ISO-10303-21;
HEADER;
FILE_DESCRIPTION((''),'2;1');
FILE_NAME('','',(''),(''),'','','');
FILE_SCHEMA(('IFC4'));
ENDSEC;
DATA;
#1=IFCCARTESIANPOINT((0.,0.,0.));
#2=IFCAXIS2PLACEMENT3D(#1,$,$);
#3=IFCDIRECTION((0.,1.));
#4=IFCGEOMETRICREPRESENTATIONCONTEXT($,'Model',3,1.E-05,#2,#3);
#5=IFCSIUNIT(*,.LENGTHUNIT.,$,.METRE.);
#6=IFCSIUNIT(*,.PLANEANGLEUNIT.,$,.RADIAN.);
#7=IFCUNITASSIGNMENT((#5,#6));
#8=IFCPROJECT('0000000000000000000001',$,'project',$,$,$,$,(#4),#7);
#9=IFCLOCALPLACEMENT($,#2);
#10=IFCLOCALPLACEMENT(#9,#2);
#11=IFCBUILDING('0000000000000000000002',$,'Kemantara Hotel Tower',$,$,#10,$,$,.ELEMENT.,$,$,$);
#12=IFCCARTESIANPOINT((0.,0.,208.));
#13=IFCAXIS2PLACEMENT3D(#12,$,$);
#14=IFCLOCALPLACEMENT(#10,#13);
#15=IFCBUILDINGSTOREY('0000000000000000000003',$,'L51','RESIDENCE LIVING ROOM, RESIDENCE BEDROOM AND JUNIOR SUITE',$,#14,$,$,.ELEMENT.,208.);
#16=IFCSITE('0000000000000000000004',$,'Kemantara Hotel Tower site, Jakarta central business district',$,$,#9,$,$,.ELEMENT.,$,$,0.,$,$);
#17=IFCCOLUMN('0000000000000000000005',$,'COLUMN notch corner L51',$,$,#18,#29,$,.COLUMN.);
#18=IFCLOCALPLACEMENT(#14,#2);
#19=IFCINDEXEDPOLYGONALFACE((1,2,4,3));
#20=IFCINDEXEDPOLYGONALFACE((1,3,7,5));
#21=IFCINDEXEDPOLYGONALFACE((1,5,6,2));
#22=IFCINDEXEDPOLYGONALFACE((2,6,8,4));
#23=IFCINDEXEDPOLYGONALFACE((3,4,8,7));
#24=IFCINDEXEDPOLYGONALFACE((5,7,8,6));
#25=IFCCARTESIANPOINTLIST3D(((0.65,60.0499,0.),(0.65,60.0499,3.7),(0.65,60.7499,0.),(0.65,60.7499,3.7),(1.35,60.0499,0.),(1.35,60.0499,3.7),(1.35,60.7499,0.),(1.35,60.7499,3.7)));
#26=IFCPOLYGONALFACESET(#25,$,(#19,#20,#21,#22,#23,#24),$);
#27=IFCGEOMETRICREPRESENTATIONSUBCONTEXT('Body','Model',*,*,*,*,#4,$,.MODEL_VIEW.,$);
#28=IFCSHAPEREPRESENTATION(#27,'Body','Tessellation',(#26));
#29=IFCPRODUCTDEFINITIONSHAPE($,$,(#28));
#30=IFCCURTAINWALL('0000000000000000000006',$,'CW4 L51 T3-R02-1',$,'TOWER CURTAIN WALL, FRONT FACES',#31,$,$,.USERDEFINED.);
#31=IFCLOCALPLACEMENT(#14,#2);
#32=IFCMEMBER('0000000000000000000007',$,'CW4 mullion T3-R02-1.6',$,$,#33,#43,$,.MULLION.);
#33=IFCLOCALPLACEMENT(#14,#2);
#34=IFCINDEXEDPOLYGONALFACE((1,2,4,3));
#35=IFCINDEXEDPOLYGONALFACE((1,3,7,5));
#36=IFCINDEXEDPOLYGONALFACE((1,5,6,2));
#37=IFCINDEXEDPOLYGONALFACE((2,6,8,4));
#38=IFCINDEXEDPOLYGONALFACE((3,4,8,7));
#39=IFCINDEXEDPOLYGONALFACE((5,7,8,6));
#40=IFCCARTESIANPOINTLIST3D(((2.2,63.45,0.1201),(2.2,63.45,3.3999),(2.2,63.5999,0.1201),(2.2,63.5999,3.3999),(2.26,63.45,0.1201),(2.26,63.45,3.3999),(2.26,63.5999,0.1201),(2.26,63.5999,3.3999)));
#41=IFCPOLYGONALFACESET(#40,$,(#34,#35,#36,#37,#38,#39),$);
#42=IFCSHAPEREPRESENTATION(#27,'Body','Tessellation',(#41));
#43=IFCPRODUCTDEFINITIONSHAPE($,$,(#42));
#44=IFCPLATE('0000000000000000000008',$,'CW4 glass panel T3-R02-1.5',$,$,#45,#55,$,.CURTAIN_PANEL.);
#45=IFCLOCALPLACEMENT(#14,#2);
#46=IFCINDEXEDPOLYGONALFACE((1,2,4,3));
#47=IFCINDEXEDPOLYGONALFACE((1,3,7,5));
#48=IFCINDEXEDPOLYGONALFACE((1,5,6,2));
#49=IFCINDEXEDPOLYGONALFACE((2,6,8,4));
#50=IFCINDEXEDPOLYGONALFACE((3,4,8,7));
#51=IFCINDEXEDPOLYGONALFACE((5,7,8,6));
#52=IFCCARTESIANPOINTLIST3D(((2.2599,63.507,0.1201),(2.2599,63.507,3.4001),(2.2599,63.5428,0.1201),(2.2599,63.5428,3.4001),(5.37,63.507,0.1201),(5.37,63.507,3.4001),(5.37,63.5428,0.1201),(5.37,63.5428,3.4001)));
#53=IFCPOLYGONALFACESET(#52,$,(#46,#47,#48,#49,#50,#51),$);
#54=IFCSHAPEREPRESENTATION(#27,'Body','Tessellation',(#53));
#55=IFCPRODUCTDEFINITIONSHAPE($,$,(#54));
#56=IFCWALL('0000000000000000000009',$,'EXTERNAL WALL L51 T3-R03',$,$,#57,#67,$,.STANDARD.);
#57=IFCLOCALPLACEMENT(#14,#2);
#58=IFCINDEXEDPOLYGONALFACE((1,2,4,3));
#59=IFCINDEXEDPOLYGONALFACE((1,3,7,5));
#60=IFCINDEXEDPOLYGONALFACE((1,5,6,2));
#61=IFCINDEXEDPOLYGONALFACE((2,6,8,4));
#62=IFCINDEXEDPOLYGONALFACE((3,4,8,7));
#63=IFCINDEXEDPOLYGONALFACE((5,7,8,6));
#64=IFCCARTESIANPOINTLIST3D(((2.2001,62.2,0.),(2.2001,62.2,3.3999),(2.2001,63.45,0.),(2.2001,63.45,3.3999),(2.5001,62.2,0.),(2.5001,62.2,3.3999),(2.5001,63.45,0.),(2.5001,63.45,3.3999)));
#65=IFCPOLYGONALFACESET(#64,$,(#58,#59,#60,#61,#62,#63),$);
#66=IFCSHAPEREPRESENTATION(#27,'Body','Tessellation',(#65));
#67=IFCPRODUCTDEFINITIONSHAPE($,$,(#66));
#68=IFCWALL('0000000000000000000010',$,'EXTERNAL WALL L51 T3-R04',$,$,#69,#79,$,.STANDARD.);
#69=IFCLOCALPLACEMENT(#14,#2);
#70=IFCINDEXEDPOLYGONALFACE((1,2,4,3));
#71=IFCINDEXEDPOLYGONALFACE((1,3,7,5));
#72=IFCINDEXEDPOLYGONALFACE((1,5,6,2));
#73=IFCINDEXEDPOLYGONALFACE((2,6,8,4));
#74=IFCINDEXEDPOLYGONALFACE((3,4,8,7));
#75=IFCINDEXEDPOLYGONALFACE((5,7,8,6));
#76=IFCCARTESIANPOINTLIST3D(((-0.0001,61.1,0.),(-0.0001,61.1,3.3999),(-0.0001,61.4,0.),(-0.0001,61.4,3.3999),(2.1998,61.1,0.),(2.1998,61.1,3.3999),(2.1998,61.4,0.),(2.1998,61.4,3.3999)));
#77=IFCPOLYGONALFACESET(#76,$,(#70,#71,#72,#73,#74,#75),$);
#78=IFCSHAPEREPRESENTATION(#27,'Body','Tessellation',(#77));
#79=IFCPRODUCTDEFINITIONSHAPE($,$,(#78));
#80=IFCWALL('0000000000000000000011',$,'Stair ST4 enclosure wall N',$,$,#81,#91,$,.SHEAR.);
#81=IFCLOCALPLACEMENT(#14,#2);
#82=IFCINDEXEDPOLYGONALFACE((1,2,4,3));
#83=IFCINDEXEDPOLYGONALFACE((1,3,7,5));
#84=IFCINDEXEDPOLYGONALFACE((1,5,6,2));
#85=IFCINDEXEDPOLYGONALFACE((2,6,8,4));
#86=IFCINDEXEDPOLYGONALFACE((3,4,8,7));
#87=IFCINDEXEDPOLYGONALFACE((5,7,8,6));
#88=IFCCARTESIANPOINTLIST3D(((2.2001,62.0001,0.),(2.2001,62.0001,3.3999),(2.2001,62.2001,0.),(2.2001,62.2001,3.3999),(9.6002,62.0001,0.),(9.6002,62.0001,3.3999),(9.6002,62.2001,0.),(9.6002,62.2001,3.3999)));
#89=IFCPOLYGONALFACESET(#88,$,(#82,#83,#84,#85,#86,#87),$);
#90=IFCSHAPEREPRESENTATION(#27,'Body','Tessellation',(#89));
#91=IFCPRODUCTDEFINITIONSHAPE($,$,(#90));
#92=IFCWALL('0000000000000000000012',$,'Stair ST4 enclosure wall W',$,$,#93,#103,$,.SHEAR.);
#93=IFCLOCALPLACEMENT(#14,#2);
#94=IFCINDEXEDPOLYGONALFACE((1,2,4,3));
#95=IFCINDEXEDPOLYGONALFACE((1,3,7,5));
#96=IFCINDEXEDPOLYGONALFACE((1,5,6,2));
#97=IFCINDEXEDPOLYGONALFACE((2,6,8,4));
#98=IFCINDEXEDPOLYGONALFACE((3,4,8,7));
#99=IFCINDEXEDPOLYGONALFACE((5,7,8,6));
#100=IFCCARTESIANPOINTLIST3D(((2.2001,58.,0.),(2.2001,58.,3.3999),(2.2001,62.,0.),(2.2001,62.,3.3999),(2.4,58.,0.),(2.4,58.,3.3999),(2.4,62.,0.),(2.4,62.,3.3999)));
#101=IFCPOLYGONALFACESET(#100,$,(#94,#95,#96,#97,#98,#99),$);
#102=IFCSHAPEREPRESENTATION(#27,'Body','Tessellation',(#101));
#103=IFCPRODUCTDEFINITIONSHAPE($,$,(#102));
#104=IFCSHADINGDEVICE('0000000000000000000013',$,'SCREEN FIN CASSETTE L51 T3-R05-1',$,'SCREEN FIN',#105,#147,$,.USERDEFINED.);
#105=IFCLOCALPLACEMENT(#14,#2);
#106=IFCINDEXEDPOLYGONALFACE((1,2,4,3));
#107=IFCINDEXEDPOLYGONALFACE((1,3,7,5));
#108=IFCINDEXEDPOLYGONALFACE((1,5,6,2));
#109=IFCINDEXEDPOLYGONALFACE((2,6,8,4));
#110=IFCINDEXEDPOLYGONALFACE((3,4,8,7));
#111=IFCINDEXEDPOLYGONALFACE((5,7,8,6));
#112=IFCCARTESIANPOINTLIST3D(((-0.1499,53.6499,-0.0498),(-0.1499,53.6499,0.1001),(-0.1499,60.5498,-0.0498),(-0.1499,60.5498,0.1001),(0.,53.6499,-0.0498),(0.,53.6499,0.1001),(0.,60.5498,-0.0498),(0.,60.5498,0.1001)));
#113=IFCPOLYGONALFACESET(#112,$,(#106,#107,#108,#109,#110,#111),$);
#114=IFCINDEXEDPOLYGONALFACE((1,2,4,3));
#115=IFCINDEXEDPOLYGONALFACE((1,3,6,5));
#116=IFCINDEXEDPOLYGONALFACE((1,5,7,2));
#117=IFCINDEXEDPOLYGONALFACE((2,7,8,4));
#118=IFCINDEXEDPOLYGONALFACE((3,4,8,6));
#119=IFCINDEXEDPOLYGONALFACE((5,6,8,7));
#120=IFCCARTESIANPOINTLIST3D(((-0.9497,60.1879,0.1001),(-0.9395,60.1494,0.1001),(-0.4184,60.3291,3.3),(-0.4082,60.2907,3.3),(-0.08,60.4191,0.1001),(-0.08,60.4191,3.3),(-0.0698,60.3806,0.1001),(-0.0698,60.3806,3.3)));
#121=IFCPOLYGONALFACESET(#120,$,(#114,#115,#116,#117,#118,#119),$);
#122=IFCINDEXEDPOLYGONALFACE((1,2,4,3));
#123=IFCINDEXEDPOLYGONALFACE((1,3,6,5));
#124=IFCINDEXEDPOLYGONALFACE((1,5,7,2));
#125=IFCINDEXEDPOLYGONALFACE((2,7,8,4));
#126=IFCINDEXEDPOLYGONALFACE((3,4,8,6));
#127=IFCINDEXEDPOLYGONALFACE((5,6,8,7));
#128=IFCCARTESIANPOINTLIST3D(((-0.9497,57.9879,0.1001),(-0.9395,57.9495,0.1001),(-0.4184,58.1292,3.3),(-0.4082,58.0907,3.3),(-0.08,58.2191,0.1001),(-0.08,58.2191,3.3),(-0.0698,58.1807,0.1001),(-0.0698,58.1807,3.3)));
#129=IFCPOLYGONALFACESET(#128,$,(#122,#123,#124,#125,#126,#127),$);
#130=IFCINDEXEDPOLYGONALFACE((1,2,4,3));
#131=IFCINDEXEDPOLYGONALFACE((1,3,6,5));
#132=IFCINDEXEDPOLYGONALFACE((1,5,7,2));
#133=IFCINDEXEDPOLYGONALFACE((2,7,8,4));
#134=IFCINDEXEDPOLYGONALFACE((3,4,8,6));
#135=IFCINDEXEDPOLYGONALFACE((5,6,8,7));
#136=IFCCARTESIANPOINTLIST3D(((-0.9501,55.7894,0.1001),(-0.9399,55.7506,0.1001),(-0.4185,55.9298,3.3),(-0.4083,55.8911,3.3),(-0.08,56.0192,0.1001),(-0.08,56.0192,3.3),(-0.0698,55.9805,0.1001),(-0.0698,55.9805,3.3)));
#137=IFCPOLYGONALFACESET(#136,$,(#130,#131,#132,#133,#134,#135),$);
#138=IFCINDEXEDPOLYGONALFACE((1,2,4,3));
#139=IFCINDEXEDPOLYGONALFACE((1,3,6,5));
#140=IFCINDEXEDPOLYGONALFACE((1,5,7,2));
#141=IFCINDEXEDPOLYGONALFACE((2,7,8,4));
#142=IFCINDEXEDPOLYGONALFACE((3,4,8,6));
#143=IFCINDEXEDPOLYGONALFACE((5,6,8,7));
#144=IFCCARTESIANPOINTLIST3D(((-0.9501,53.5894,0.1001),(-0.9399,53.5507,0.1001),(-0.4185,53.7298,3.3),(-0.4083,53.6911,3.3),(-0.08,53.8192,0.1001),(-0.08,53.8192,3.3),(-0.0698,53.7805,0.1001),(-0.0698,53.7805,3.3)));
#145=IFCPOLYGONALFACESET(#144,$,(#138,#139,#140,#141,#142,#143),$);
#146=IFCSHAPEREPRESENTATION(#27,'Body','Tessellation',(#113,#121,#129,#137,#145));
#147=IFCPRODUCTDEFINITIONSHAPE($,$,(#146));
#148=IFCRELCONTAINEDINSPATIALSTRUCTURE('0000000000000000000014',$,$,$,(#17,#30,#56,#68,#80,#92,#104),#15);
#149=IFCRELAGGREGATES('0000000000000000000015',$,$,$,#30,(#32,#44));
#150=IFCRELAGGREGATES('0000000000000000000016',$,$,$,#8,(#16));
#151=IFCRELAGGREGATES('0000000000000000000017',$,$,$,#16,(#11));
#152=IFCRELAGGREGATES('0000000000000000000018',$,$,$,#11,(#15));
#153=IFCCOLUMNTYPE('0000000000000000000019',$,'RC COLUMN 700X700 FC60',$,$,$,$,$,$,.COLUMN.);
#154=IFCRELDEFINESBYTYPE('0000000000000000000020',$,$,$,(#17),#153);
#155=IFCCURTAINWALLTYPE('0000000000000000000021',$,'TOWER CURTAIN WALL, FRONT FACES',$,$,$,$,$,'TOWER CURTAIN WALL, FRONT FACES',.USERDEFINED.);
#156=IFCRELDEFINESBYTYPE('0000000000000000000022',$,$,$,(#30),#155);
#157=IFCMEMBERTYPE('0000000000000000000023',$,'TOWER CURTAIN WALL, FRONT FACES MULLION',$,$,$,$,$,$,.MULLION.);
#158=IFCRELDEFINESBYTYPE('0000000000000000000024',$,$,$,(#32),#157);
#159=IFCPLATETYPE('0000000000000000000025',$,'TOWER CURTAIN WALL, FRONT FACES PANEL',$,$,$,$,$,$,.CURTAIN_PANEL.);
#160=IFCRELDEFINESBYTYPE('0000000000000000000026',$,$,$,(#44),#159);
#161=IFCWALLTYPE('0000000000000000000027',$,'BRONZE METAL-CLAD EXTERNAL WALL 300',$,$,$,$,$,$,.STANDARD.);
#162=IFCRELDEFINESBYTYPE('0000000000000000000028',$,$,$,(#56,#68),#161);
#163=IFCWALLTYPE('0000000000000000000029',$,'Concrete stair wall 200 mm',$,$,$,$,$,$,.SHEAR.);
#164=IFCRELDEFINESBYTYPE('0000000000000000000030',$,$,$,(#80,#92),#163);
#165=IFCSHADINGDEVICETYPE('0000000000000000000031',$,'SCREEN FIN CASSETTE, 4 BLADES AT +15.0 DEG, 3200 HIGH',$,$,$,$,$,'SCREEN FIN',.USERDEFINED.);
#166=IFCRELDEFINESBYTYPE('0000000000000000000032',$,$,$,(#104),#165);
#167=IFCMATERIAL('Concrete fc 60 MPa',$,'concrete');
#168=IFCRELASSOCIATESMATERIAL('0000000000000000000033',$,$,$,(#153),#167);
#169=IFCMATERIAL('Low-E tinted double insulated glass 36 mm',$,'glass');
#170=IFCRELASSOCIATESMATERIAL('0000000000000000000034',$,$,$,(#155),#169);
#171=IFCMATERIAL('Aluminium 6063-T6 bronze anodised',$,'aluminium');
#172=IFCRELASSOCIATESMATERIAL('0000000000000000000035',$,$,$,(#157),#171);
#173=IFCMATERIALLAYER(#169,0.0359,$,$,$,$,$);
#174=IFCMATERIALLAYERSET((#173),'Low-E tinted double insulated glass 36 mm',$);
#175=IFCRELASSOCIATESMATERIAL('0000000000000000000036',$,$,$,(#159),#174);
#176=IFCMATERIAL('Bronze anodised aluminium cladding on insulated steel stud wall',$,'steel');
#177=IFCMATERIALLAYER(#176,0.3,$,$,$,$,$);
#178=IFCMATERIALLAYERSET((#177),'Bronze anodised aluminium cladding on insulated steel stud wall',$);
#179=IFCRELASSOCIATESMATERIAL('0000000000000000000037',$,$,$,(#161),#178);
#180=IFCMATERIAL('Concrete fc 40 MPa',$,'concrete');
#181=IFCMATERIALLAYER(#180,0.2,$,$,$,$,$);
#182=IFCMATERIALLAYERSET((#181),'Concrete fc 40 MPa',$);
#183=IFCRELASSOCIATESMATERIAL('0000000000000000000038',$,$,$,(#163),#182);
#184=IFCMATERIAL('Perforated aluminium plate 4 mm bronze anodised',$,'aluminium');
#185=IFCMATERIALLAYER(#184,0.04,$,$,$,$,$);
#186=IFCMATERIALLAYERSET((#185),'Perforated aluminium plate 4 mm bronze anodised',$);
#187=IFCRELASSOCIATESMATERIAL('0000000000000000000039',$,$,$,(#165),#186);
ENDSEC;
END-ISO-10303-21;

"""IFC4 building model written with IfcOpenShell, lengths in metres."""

from ifc_helpers import new_model, si_unit, direction, frame, frame_2d, origin, origin_2d, place, context, subcontext, project, spatial, polyline, rectangle, outline, extrude, source, transform, mapped, material, layer, layer_set, material_profile, profile_set, type_object, element, aggregate, save


model = new_model("IFC4")

# Units and contexts
model_context = context("Model", 3, precision=1e-05, world=origin(), true_north=direction((0.0, 1.0)))
body_context = subcontext(model_context, "Body", "Model", "MODEL_VIEW")
ifc_project = project(units=[si_unit("LENGTHUNIT", "METRE"), si_unit("PLANEANGLEUNIT", "RADIAN")], contexts=[model_context])

# Site, building, storey
site_placement = place(None, origin())
site = spatial("IfcSite", under=ifc_project, at=site_placement, Name="Kemantara Hotel Tower site, Jakarta central business district", CompositionType="ELEMENT", RefElevation=0.0)
building_placement = place(site_placement, origin())
building = spatial("IfcBuilding", under=site, at=building_placement, Name="Kemantara Hotel Tower", CompositionType="ELEMENT")
storey_placement = place(building_placement, frame((0.0, 0.0, 208.0)))
storey = spatial("IfcBuildingStorey", under=building, at=storey_placement, Name="L51", Description="RESIDENCE LIVING ROOM, RESIDENCE BEDROOM AND JUNIOR SUITE", CompositionType="ELEMENT", Elevation=208.0)

# Column
ifc_material_1 = material(Name="Concrete fc 60 MPa", Category="concrete")
ifc_material_profile_1 = material_profile(ifc_material_1, rectangle(XDim=0.7, YDim=0.7, at=origin_2d()), Name="RC 700X700")
ifc_profile_set_1 = profile_set([ifc_material_profile_1], Name="Concrete fc 60 MPa")
column_type = type_object("IfcColumnType", Name="RC COLUMN 700X700 FC60", PredefinedType="COLUMN", material=ifc_profile_set_1)
column_placement = place(storey_placement, frame((1.0, 60.3999, 0.0), z_axis=(0.0, 0.0, 1.0), x_axis=(1.0, 0.0, 0.0)))
element("IfcColumn", 1, at=column_placement, inside=storey, type_object=column_type, Name="COLUMN notch corner L51", PredefinedType="COLUMN", context=body_context, shape_type="SweptSolid", body=[
    extrude(rectangle(XDim=0.7, YDim=0.7, at=origin_2d()), origin(), (0.0, 0.0, 1.0), 3.7),
])

# Curtain wall, member, plate
ifc_material_2 = material(Name="Low-E tinted double insulated glass 36 mm", Category="glass")
curtain_wall_type = type_object("IfcCurtainWallType", Name="TOWER CURTAIN WALL, FRONT FACES", ElementType="TOWER CURTAIN WALL, FRONT FACES", PredefinedType="USERDEFINED", material=ifc_material_2)
curtain_wall_placement = place(storey_placement, origin())
curtain_wall = element("IfcCurtainWall", 2, at=curtain_wall_placement, inside=storey, type_object=curtain_wall_type, Name="CW4 L51 T3-R02-1", ObjectType="TOWER CURTAIN WALL, FRONT FACES", PredefinedType="USERDEFINED")
ifc_material_3 = material(Name="Aluminium 6063-T6 bronze anodised", Category="aluminium")
ifc_material_profile_2 = material_profile(ifc_material_3, rectangle(XDim=0.1499, YDim=0.0601, at=origin_2d()), Name="TOWER CURTAIN WALL, FRONT FACES MULLION")
ifc_profile_set_2 = profile_set([ifc_material_profile_2], Name="Aluminium 6063-T6 bronze anodised")
member_type = type_object("IfcMemberType", Name="TOWER CURTAIN WALL, FRONT FACES MULLION", PredefinedType="MULLION", material=ifc_profile_set_2)
shared_shape_1 = source(origin(), body_context, "Body", "SweptSolid", [
    extrude(rectangle(XDim=0.1499, YDim=0.0601, at=origin_2d()), origin(), (0.0, 0.0, 1.0), 3.2798),
])
member_placement = place(storey_placement, frame((2.23, 63.5249, 0.1201), z_axis=(0.0, 0.0, 1.0), x_axis=(0.0, -1.0, 0.0)))
member = element("IfcMember", 3, at=member_placement, type_object=member_type, Name="CW4 mullion T3-R02-1.6", PredefinedType="MULLION", context=body_context, shape_type="MappedRepresentation", body=[
    mapped(shared_shape_1, transform((0.0, 0.0, 0.0))),
])
ifc_layer_1 = layer(ifc_material_2, 0.0359)
ifc_layer_set_1 = layer_set([ifc_layer_1], Name="Low-E tinted double insulated glass 36 mm")
plate_type = type_object("IfcPlateType", Name="TOWER CURTAIN WALL, FRONT FACES PANEL", PredefinedType="CURTAIN_PANEL", material=ifc_layer_set_1)
shared_shape_2 = source(origin(), body_context, "Body", "SweptSolid", [
    extrude(rectangle(XDim=3.1101, YDim=0.0359, at=origin_2d()), origin(), (0.0, 0.0, 1.0), 3.28),
])
plate_placement = place(storey_placement, frame((3.8149, 63.5249, 0.1201), z_axis=(0.0, 0.0, 1.0), x_axis=(-1.0, 0.0, 0.0)))
plate = element("IfcPlate", 4, at=plate_placement, type_object=plate_type, Name="CW4 glass panel T3-R02-1.5", PredefinedType="CURTAIN_PANEL", context=body_context, shape_type="MappedRepresentation", body=[
    mapped(shared_shape_2, transform((0.0, 0.0, 0.0))),
])
aggregate(curtain_wall, [member, plate])

# Walls
ifc_material_4 = material(Name="Bronze anodised aluminium cladding on insulated steel stud wall", Category="steel")
ifc_layer_2 = layer(ifc_material_4, 0.3)
ifc_layer_set_2 = layer_set([ifc_layer_2], Name="Bronze anodised aluminium cladding on insulated steel stud wall")
wall_type_1 = type_object("IfcWallType", Name="BRONZE METAL-CLAD EXTERNAL WALL 300", PredefinedType="STANDARD", material=ifc_layer_set_2)
wall_1_placement = place(storey_placement, frame((2.3501, 63.45, 0.0), z_axis=(0.0, 0.0, 1.0), x_axis=(0.0, -1.0, 0.0)))
element("IfcWall", 5, at=wall_1_placement, inside=storey, type_object=wall_type_1, Name="EXTERNAL WALL L51 T3-R03", PredefinedType="STANDARD", context=body_context, shape_type="SweptSolid", body=[
    extrude(rectangle(XDim=1.25, YDim=0.3, at=frame_2d((0.625, 0.0))), origin(), (0.0, 0.0, 1.0), 3.3999),
])
wall_2_placement = place(storey_placement, frame((2.2, 61.25, 0.0), z_axis=(0.0, 0.0, 1.0), x_axis=(-1.0, 0.0, 0.0)))
element("IfcWall", 6, at=wall_2_placement, inside=storey, type_object=wall_type_1, Name="EXTERNAL WALL L51 T3-R04", PredefinedType="STANDARD", context=body_context, shape_type="SweptSolid", body=[
    extrude(rectangle(XDim=2.2, YDim=0.3, at=frame_2d((1.1001, 0.0))), origin(), (0.0, 0.0, 1.0), 3.3999),
])

# Walls
ifc_material_5 = material(Name="Concrete fc 40 MPa", Category="concrete")
ifc_layer_3 = layer(ifc_material_5, 0.2)
ifc_layer_set_3 = layer_set([ifc_layer_3], Name="Concrete fc 40 MPa")
wall_type_2 = type_object("IfcWallType", Name="Concrete stair wall 200 mm", PredefinedType="SHEAR", material=ifc_layer_set_3)
wall_3_placement = place(storey_placement, frame((2.2, 62.1001, 0.0), z_axis=(0.0, 0.0, 1.0), x_axis=(1.0, 0.0, 0.0)))
element("IfcWall", 7, at=wall_3_placement, inside=storey, type_object=wall_type_2, Name="Stair ST4 enclosure wall N", PredefinedType="SHEAR", context=body_context, shape_type="SweptSolid", body=[
    extrude(rectangle(XDim=7.4001, YDim=0.2, at=frame_2d((3.7002, 0.0))), origin(), (0.0, 0.0, 1.0), 3.3999),
])
wall_4_placement = place(storey_placement, frame((2.3, 58.0, 0.0), z_axis=(0.0, 0.0, 1.0), x_axis=(0.0, 1.0, 0.0)))
element("IfcWall", 8, at=wall_4_placement, inside=storey, type_object=wall_type_2, Name="Stair ST4 enclosure wall W", PredefinedType="SHEAR", context=body_context, shape_type="SweptSolid", body=[
    extrude(rectangle(XDim=4.0, YDim=0.2, at=frame_2d((2.0, 0.0))), origin(), (0.0, 0.0, 1.0), 3.3999),
])

# Shading device
ifc_material_6 = material(Name="Perforated aluminium plate 4 mm bronze anodised", Category="aluminium")
ifc_layer_4 = layer(ifc_material_6, 0.04)
ifc_layer_set_4 = layer_set([ifc_layer_4], Name="Perforated aluminium plate 4 mm bronze anodised")
shading_device_type = type_object("IfcShadingDeviceType", Name="SCREEN FIN CASSETTE, 4 BLADES AT +15.0 DEG, 3200 HIGH", ElementType="SCREEN FIN", PredefinedType="USERDEFINED", material=ifc_layer_set_4)
shared_shape_3 = source(origin(), body_context, "Body", "SweptSolid", [
    extrude(rectangle(XDim=6.8999, YDim=0.1499, at=origin_2d()), frame((3.3, -0.075, -0.1499), z_axis=(0.0, 0.0, 1.0), x_axis=(1.0, 0.0, 0.0)), (0.0, 0.0, 1.0), 0.1499),
    extrude(outline(polyline([(0.0, 0.0), (0.8999, 0.0), (0.3501, 3.2), (0.0, 3.2), (0.0, 0.0)])), frame((0.0193, -0.0698, 0.0), z_axis=(-0.966438, -0.256901, 0.0), x_axis=(0.256901, -0.966438, 0.0)), (0.0, 0.0, 1.0), 0.0398),
    extrude(outline(polyline([(0.0, 0.0), (0.8999, 0.0), (0.3501, 3.2), (0.0, 3.2), (0.0, 0.0)])), frame((2.2192, -0.0698, 0.0), z_axis=(-0.966438, -0.256901, 0.0), x_axis=(0.256901, -0.966438, 0.0)), (0.0, 0.0, 1.0), 0.0398),
    extrude(outline(polyline([(0.0, 0.0), (0.8999, 0.0), (0.3501, 3.2), (0.0, 3.2), (0.0, 0.0)])), frame((4.4194, -0.0698, 0.0), z_axis=(-0.966838, -0.255391, 0.0), x_axis=(0.255391, -0.966838, 0.0)), (0.0, 0.0, 1.0), 0.04),
    extrude(outline(polyline([(0.0, 0.0), (0.8999, 0.0), (0.3501, 3.2), (0.0, 3.2), (0.0, 0.0)])), frame((6.6194, -0.0698, 0.0), z_axis=(-0.966838, -0.255391, 0.0), x_axis=(0.255391, -0.966838, 0.0)), (0.0, 0.0, 1.0), 0.04),
])
shading_device_placement = place(storey_placement, frame((0.0, 60.3999, 0.1001), z_axis=(0.0, 0.0, 1.0), x_axis=(0.0, -1.0, 0.0)))
element("IfcShadingDevice", 9, at=shading_device_placement, inside=storey, type_object=shading_device_type, Name="SCREEN FIN CASSETTE L51 T3-R05-1", ObjectType="SCREEN FIN", PredefinedType="USERDEFINED", context=body_context, shape_type="MappedRepresentation", body=[
    mapped(shared_shape_3, transform((0.0, 0.0, 0.0))),
])

save(model, "model.ifc")
